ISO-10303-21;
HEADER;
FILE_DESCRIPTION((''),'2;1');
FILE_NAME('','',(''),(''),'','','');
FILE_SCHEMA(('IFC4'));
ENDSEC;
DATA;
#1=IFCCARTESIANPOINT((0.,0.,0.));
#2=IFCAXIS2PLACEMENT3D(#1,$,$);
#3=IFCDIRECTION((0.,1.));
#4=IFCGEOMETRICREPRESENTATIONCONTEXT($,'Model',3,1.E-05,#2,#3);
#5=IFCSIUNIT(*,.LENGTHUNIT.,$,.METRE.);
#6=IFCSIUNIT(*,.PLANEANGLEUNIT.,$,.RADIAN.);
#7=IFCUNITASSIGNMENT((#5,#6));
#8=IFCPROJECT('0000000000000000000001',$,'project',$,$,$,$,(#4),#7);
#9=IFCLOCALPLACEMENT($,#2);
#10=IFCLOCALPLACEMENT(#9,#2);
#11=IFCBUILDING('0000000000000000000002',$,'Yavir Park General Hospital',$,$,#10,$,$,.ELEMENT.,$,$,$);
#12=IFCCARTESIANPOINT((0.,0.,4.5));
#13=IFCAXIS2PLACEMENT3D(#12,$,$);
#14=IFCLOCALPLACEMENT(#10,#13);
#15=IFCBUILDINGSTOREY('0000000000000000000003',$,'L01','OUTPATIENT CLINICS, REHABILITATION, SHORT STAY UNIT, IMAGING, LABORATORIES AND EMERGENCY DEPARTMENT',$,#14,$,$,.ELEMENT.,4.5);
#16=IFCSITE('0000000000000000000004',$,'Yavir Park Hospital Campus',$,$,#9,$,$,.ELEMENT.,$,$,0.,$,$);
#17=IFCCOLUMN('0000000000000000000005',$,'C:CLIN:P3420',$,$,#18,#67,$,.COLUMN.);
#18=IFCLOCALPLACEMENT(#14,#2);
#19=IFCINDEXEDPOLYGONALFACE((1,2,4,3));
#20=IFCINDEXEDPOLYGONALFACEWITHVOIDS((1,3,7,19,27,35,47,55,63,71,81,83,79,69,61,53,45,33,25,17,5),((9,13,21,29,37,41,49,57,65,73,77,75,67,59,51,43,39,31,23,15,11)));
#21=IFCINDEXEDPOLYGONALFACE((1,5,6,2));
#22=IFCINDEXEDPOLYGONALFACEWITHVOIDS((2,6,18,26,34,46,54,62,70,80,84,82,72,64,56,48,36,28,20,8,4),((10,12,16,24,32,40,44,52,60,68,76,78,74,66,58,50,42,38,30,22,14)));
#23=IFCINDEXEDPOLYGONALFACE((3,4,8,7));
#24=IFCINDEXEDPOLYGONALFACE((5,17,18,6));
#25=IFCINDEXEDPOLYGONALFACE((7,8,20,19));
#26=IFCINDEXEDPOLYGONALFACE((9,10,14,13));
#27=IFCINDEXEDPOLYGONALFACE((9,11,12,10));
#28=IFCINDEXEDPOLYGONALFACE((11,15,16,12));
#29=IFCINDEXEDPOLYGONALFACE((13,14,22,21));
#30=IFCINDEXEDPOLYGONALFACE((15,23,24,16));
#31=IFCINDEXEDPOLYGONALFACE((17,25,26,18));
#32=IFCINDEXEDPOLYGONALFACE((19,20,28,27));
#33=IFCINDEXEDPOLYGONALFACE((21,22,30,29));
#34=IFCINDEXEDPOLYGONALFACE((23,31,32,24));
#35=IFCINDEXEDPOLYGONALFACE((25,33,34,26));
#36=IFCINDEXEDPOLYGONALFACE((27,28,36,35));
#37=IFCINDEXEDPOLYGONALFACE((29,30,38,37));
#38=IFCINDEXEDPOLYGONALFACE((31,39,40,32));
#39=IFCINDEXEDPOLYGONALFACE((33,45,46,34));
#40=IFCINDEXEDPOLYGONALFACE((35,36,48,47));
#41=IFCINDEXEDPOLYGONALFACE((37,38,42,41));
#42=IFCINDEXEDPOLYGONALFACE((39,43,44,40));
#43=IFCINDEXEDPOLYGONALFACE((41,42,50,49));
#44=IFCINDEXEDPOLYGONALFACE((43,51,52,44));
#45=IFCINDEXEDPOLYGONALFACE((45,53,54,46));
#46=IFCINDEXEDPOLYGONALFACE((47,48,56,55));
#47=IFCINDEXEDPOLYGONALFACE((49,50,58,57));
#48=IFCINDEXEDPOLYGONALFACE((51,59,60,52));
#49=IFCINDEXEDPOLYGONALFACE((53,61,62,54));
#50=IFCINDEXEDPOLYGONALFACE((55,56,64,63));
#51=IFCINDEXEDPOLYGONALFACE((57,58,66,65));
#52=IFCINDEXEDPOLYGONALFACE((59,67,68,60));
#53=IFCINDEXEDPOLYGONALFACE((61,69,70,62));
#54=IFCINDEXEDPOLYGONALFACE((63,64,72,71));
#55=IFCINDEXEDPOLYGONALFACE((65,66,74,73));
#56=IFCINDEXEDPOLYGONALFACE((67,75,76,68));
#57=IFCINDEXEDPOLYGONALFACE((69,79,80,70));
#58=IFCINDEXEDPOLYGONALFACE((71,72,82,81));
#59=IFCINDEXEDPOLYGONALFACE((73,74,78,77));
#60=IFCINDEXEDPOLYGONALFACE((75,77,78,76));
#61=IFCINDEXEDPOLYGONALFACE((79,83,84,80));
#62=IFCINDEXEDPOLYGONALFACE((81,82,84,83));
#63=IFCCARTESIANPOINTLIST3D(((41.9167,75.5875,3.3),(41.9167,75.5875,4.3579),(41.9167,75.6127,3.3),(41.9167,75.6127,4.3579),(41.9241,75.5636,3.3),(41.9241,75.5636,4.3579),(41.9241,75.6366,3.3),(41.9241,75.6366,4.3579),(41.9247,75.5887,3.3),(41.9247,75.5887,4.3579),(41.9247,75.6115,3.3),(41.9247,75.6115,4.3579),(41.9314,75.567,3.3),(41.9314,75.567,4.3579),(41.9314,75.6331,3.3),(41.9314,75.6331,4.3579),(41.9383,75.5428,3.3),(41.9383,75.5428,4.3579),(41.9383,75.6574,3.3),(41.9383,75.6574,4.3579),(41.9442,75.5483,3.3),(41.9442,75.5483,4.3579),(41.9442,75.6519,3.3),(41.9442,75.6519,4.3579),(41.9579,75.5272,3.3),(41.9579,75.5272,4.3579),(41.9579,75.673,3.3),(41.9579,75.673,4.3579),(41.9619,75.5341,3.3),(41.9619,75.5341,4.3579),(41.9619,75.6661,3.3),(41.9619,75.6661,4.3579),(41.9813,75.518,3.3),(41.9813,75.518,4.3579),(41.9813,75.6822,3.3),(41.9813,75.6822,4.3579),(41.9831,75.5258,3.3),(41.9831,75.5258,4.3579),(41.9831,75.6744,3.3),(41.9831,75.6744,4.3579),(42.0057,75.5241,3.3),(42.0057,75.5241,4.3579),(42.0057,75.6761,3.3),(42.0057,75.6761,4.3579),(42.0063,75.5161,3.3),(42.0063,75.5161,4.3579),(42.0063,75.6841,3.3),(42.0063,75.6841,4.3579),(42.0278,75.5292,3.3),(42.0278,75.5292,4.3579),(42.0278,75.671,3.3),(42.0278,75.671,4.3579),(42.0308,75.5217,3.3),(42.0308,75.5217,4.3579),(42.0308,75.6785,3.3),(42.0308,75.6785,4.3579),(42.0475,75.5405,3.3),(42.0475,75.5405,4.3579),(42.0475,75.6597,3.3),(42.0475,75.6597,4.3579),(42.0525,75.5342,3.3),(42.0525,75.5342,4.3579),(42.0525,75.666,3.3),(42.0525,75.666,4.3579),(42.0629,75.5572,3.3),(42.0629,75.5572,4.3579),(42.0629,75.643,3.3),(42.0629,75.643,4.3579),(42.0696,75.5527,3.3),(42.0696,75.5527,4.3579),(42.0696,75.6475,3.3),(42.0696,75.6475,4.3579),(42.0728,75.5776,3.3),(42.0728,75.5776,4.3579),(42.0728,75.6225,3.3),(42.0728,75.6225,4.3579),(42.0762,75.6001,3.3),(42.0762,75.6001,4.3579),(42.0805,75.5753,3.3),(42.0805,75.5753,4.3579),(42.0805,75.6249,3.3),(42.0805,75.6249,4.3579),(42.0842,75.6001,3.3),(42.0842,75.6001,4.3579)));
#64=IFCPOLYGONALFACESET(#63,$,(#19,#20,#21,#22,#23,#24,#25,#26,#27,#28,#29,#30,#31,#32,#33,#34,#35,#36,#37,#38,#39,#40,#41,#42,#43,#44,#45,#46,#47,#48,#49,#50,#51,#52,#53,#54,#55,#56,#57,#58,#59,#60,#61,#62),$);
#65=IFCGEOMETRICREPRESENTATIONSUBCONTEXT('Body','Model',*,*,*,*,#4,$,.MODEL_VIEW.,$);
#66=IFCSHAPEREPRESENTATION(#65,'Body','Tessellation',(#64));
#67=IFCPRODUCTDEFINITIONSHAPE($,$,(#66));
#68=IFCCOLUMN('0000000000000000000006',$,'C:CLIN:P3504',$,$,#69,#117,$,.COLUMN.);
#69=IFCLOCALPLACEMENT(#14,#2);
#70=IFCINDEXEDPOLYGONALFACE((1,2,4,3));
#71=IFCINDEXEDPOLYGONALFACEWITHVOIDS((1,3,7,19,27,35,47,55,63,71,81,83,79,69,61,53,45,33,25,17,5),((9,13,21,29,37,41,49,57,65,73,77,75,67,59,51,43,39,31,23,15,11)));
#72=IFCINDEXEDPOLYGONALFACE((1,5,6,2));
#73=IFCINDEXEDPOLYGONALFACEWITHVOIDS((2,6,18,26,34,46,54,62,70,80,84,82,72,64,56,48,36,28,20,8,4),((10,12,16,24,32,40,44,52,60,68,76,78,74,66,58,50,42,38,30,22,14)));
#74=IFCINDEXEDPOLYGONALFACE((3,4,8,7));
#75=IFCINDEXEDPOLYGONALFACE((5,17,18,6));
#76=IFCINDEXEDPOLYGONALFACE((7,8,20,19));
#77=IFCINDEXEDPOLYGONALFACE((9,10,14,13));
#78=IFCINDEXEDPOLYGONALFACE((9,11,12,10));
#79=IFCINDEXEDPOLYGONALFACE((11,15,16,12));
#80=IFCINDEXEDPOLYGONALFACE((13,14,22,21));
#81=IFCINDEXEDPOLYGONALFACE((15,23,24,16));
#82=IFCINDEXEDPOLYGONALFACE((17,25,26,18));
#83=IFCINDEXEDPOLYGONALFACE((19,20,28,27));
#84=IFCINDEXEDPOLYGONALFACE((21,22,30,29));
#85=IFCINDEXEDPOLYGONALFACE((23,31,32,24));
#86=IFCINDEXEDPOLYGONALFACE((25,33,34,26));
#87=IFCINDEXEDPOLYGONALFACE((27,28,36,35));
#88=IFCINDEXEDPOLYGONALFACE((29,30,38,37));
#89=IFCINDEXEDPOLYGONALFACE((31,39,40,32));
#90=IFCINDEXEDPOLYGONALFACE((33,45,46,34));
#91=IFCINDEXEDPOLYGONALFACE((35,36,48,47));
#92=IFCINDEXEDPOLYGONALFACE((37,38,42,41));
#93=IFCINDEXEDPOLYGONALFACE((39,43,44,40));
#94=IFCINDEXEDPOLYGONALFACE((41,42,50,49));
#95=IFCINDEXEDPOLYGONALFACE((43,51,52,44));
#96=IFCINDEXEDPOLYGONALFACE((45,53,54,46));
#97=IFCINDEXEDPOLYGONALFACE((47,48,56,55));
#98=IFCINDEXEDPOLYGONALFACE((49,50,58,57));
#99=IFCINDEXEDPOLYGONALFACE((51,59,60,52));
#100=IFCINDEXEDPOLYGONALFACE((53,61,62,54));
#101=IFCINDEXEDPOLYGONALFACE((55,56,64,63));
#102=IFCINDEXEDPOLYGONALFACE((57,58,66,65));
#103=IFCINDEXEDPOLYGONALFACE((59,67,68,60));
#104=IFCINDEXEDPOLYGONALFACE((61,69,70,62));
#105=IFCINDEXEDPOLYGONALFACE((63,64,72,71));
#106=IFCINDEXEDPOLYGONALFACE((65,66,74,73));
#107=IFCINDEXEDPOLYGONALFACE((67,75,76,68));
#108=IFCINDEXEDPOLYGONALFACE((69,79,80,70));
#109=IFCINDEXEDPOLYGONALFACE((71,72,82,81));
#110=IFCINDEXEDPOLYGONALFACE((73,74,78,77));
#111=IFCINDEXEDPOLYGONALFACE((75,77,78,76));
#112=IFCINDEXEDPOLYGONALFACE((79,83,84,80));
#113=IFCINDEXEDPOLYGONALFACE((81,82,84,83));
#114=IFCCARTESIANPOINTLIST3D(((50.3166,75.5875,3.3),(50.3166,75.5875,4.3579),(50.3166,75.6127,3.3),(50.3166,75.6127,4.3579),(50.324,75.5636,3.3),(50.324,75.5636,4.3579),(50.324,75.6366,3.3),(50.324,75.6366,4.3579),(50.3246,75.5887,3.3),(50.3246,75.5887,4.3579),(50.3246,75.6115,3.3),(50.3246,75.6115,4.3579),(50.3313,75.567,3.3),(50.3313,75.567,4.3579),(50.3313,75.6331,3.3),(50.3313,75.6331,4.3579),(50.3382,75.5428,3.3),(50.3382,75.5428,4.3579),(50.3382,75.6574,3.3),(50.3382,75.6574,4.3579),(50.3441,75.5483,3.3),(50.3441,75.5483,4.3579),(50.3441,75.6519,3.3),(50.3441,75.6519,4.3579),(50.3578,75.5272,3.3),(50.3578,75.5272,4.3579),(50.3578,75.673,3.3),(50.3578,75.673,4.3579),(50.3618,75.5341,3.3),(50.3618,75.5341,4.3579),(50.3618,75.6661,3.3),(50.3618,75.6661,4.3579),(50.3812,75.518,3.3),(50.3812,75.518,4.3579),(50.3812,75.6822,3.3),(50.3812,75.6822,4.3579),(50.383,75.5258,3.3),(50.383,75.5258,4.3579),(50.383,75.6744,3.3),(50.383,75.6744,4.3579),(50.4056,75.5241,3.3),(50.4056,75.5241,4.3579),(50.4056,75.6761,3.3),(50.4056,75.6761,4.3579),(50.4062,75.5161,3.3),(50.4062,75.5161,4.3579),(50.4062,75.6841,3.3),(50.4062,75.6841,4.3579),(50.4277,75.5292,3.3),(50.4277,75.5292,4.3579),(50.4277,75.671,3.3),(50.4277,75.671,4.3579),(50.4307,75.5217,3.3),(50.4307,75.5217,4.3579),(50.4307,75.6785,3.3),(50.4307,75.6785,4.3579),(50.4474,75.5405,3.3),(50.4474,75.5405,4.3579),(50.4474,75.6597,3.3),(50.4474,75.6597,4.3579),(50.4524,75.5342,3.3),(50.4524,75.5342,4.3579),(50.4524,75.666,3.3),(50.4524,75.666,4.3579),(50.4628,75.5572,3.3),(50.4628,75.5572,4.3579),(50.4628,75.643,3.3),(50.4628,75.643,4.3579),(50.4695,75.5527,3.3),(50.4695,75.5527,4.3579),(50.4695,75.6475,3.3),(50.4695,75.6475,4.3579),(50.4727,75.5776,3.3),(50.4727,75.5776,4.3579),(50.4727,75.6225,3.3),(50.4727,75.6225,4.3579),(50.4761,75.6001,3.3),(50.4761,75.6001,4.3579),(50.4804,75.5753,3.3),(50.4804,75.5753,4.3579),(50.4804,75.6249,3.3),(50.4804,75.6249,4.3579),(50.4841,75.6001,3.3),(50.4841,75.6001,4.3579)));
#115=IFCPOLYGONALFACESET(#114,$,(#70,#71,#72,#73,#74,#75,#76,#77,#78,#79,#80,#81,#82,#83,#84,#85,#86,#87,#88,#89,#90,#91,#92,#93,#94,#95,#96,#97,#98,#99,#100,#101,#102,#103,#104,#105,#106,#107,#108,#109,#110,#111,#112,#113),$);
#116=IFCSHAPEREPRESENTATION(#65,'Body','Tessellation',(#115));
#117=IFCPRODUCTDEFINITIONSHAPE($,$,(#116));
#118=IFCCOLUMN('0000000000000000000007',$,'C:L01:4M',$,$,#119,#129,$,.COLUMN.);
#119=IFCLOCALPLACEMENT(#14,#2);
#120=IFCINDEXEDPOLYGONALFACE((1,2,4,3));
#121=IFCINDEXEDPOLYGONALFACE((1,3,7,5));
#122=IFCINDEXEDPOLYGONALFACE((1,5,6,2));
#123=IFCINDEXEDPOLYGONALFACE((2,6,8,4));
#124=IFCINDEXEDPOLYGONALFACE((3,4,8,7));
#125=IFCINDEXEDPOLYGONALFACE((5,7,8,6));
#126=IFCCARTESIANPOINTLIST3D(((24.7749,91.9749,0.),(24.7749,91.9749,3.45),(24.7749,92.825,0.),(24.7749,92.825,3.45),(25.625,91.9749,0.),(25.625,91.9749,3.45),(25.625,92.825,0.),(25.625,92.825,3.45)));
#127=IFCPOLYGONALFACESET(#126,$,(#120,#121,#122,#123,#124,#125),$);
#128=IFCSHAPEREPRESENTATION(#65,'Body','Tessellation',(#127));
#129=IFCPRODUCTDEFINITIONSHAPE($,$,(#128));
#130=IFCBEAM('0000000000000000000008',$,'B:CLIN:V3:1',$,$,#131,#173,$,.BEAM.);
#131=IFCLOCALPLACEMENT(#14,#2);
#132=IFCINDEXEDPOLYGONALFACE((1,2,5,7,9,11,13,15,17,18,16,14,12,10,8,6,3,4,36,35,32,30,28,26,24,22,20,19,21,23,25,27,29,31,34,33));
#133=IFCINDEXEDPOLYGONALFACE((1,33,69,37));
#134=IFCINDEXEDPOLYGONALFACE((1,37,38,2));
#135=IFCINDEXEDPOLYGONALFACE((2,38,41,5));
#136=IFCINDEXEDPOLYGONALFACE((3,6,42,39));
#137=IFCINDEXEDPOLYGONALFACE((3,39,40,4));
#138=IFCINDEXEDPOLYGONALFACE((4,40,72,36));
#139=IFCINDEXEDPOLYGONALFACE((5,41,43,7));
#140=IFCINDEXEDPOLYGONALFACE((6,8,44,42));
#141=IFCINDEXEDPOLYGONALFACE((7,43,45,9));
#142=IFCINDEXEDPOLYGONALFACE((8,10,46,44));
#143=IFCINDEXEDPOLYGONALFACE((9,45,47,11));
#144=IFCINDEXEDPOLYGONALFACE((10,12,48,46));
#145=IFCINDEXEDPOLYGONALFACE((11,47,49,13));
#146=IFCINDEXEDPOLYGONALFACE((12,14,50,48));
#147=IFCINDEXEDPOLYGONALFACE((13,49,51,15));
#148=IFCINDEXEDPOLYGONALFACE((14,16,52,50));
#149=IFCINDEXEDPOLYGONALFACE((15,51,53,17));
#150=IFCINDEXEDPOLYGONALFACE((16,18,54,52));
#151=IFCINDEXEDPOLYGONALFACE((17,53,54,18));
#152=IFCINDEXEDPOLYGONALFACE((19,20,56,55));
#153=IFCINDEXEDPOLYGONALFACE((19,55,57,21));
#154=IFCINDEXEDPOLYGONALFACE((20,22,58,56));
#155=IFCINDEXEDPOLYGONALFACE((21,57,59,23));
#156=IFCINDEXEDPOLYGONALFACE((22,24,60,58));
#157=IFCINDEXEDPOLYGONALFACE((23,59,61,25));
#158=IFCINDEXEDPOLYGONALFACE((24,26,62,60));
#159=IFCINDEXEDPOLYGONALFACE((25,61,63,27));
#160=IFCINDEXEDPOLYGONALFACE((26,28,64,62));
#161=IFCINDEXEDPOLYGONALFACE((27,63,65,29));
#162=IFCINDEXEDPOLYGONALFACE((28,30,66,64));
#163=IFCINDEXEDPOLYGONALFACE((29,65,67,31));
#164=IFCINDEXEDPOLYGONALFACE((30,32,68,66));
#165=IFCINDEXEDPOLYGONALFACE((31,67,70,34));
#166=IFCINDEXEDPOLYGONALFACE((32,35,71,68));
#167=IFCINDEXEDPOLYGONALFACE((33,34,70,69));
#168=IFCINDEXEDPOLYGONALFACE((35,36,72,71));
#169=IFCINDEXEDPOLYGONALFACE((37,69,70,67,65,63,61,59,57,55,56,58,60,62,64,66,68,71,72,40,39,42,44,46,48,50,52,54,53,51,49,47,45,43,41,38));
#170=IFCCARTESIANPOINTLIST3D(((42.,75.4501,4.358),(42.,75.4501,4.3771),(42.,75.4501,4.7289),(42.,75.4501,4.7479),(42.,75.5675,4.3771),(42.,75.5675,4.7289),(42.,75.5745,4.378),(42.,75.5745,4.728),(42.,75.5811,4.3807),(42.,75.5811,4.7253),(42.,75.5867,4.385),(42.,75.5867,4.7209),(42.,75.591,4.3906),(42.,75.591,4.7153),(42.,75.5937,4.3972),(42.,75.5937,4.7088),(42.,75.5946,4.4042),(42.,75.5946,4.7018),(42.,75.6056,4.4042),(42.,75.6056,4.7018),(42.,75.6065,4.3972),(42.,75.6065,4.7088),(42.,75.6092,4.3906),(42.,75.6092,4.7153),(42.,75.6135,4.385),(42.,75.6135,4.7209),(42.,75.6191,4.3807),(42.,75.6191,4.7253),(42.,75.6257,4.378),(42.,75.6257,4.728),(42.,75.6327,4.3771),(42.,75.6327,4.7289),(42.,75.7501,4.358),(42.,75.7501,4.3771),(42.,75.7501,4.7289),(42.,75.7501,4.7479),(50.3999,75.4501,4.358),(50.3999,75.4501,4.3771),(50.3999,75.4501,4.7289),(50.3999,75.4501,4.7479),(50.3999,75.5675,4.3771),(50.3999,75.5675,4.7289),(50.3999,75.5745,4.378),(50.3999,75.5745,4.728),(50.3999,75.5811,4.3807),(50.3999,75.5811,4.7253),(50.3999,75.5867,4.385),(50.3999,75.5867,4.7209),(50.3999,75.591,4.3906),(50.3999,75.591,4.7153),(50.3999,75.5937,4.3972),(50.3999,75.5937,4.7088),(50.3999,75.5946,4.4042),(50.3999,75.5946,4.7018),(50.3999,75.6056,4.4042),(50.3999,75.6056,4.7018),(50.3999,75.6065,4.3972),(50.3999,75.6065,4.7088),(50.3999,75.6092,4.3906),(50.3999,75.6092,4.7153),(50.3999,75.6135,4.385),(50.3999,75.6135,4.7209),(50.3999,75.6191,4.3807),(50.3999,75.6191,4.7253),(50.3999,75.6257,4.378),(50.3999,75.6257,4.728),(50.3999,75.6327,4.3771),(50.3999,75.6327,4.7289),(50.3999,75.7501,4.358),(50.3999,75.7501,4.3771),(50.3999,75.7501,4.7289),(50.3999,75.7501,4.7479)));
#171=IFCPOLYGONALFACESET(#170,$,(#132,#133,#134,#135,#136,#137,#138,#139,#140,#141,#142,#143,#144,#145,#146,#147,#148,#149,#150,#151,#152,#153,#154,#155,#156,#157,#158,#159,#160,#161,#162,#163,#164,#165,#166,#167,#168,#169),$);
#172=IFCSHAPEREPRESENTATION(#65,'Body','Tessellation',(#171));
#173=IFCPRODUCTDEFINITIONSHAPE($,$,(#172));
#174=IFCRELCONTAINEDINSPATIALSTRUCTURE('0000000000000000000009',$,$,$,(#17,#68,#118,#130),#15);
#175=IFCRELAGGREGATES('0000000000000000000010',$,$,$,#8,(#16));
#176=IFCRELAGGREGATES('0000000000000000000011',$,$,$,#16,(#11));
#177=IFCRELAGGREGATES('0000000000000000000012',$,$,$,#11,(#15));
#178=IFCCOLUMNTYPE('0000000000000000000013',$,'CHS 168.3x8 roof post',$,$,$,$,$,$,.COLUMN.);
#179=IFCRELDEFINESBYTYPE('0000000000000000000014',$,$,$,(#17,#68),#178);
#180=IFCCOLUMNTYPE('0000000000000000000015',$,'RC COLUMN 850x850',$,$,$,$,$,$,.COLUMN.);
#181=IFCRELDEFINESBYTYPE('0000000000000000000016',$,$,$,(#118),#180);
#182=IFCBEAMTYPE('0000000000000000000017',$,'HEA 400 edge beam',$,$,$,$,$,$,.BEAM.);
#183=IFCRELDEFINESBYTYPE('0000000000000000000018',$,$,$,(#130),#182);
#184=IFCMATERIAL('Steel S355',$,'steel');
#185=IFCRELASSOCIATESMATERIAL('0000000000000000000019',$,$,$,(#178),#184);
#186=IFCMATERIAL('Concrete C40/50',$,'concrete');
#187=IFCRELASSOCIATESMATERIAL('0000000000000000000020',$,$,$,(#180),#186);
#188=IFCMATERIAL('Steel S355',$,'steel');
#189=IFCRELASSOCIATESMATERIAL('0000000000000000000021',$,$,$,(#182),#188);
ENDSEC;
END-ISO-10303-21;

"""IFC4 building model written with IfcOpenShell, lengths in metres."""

from ifc_helpers import new_model, si_unit, direction, frame, origin, origin_2d, place, context, subcontext, project, spatial, rectangle, hollow_circle, i_section, extrude, material, material_profile, profile_set, type_object, element, save


model = new_model("IFC4")

# Units and contexts
model_context = context("Model", 3, precision=1e-05, world=origin(), true_north=direction((0.0, 1.0)))
body_context = subcontext(model_context, "Body", "Model", "MODEL_VIEW")
ifc_project = project(units=[si_unit("LENGTHUNIT", "METRE"), si_unit("PLANEANGLEUNIT", "RADIAN")], contexts=[model_context])

# Site, building, storey
site_placement = place(None, origin())
site = spatial("IfcSite", under=ifc_project, at=site_placement, Name="Yavir Park Hospital Campus", CompositionType="ELEMENT", RefElevation=0.0)
building_placement = place(site_placement, origin())
building = spatial("IfcBuilding", under=site, at=building_placement, Name="Yavir Park General Hospital", CompositionType="ELEMENT")
storey_placement = place(building_placement, frame((0.0, 0.0, 4.5)))
storey = spatial("IfcBuildingStorey", under=building, at=storey_placement, Name="L01", Description="OUTPATIENT CLINICS, REHABILITATION, SHORT STAY UNIT, IMAGING, LABORATORIES AND EMERGENCY DEPARTMENT", CompositionType="ELEMENT", Elevation=4.5)

# Columns
ifc_material_1 = material(Name="Steel S355", Category="steel")
ifc_material_profile_1 = material_profile(ifc_material_1, hollow_circle(Radius=0.0842, WallThickness=0.0081, at=origin_2d()), Name="CHS168.3x8")
ifc_profile_set_1 = profile_set([ifc_material_profile_1], Name="Steel S355")
column_type_1 = type_object("IfcColumnType", Name="CHS 168.3x8 roof post", PredefinedType="COLUMN", material=ifc_profile_set_1)
for number, where, z_axis, x_axis, name in (
    (1, (42.0, 75.6001, 3.3), (0.0, 0.0, 1.0), (1.0, 0.0, 0.0), "C:CLIN:P3420"),
    (2, (50.3999, 75.6001, 3.3), (0.0, 0.0, 1.0), (1.0, 0.0, 0.0), "C:CLIN:P3504"),
):
    element("IfcColumn", number, at=place(storey_placement, frame(where, z_axis=z_axis, x_axis=x_axis)), inside=storey, type_object=column_type_1, Name=name, PredefinedType="COLUMN", context=body_context, shape_type="SweptSolid", body=[
        extrude(hollow_circle(Radius=0.0842, WallThickness=0.0081, at=origin_2d()), origin(), (0.0, 0.0, 1.0), 1.0579),
    ])
ifc_material_2 = material(Name="Concrete C40/50", Category="concrete")
ifc_material_profile_2 = material_profile(ifc_material_2, rectangle(XDim=0.8501, YDim=0.8501, at=origin_2d()), Name="RC850x850")
ifc_profile_set_2 = profile_set([ifc_material_profile_2], Name="Concrete C40/50")
column_type_2 = type_object("IfcColumnType", Name="RC COLUMN 850x850", PredefinedType="COLUMN", material=ifc_profile_set_2)
column_placement = place(storey_placement, frame((25.2, 92.3999, 0.0), z_axis=(0.0, 0.0, 1.0), x_axis=(1.0, 0.0, 0.0)))
element("IfcColumn", 3, at=column_placement, inside=storey, type_object=column_type_2, Name="C:L01:4M", PredefinedType="COLUMN", context=body_context, shape_type="SweptSolid", body=[
    extrude(rectangle(XDim=0.8501, YDim=0.8501, at=origin_2d()), origin(), (0.0, 0.0, 1.0), 3.45),
])

# Beam
ifc_material_3 = material(Name="Steel S355", Category="steel")
ifc_material_profile_3 = material_profile(ifc_material_3, i_section(OverallWidth=0.3, OverallDepth=0.3899, WebThickness=0.011, FlangeThickness=0.019, FilletRadius=0.0271, at=origin_2d()), Name="HEA400")
ifc_profile_set_3 = profile_set([ifc_material_profile_3], Name="Steel S355")
beam_type_1 = type_object("IfcBeamType", Name="HEA 400 edge beam", PredefinedType="BEAM", material=ifc_profile_set_3)
beam_1_placement = place(storey_placement, frame((42.0, 75.6001, 4.553), z_axis=(1.0, 0.0, 0.0), x_axis=(0.0, 1.0, 0.0)))
element("IfcBeam", 4, at=beam_1_placement, inside=storey, type_object=beam_type_1, Name="B:CLIN:V3:1", PredefinedType="BEAM", context=body_context, shape_type="SweptSolid", body=[
    extrude(i_section(OverallWidth=0.3, OverallDepth=0.3899, WebThickness=0.011, FlangeThickness=0.019, FilletRadius=0.0271, at=origin_2d()), origin(), (0.0, 0.0, 1.0), 8.3999),
])

save(model, "model.ifc")
